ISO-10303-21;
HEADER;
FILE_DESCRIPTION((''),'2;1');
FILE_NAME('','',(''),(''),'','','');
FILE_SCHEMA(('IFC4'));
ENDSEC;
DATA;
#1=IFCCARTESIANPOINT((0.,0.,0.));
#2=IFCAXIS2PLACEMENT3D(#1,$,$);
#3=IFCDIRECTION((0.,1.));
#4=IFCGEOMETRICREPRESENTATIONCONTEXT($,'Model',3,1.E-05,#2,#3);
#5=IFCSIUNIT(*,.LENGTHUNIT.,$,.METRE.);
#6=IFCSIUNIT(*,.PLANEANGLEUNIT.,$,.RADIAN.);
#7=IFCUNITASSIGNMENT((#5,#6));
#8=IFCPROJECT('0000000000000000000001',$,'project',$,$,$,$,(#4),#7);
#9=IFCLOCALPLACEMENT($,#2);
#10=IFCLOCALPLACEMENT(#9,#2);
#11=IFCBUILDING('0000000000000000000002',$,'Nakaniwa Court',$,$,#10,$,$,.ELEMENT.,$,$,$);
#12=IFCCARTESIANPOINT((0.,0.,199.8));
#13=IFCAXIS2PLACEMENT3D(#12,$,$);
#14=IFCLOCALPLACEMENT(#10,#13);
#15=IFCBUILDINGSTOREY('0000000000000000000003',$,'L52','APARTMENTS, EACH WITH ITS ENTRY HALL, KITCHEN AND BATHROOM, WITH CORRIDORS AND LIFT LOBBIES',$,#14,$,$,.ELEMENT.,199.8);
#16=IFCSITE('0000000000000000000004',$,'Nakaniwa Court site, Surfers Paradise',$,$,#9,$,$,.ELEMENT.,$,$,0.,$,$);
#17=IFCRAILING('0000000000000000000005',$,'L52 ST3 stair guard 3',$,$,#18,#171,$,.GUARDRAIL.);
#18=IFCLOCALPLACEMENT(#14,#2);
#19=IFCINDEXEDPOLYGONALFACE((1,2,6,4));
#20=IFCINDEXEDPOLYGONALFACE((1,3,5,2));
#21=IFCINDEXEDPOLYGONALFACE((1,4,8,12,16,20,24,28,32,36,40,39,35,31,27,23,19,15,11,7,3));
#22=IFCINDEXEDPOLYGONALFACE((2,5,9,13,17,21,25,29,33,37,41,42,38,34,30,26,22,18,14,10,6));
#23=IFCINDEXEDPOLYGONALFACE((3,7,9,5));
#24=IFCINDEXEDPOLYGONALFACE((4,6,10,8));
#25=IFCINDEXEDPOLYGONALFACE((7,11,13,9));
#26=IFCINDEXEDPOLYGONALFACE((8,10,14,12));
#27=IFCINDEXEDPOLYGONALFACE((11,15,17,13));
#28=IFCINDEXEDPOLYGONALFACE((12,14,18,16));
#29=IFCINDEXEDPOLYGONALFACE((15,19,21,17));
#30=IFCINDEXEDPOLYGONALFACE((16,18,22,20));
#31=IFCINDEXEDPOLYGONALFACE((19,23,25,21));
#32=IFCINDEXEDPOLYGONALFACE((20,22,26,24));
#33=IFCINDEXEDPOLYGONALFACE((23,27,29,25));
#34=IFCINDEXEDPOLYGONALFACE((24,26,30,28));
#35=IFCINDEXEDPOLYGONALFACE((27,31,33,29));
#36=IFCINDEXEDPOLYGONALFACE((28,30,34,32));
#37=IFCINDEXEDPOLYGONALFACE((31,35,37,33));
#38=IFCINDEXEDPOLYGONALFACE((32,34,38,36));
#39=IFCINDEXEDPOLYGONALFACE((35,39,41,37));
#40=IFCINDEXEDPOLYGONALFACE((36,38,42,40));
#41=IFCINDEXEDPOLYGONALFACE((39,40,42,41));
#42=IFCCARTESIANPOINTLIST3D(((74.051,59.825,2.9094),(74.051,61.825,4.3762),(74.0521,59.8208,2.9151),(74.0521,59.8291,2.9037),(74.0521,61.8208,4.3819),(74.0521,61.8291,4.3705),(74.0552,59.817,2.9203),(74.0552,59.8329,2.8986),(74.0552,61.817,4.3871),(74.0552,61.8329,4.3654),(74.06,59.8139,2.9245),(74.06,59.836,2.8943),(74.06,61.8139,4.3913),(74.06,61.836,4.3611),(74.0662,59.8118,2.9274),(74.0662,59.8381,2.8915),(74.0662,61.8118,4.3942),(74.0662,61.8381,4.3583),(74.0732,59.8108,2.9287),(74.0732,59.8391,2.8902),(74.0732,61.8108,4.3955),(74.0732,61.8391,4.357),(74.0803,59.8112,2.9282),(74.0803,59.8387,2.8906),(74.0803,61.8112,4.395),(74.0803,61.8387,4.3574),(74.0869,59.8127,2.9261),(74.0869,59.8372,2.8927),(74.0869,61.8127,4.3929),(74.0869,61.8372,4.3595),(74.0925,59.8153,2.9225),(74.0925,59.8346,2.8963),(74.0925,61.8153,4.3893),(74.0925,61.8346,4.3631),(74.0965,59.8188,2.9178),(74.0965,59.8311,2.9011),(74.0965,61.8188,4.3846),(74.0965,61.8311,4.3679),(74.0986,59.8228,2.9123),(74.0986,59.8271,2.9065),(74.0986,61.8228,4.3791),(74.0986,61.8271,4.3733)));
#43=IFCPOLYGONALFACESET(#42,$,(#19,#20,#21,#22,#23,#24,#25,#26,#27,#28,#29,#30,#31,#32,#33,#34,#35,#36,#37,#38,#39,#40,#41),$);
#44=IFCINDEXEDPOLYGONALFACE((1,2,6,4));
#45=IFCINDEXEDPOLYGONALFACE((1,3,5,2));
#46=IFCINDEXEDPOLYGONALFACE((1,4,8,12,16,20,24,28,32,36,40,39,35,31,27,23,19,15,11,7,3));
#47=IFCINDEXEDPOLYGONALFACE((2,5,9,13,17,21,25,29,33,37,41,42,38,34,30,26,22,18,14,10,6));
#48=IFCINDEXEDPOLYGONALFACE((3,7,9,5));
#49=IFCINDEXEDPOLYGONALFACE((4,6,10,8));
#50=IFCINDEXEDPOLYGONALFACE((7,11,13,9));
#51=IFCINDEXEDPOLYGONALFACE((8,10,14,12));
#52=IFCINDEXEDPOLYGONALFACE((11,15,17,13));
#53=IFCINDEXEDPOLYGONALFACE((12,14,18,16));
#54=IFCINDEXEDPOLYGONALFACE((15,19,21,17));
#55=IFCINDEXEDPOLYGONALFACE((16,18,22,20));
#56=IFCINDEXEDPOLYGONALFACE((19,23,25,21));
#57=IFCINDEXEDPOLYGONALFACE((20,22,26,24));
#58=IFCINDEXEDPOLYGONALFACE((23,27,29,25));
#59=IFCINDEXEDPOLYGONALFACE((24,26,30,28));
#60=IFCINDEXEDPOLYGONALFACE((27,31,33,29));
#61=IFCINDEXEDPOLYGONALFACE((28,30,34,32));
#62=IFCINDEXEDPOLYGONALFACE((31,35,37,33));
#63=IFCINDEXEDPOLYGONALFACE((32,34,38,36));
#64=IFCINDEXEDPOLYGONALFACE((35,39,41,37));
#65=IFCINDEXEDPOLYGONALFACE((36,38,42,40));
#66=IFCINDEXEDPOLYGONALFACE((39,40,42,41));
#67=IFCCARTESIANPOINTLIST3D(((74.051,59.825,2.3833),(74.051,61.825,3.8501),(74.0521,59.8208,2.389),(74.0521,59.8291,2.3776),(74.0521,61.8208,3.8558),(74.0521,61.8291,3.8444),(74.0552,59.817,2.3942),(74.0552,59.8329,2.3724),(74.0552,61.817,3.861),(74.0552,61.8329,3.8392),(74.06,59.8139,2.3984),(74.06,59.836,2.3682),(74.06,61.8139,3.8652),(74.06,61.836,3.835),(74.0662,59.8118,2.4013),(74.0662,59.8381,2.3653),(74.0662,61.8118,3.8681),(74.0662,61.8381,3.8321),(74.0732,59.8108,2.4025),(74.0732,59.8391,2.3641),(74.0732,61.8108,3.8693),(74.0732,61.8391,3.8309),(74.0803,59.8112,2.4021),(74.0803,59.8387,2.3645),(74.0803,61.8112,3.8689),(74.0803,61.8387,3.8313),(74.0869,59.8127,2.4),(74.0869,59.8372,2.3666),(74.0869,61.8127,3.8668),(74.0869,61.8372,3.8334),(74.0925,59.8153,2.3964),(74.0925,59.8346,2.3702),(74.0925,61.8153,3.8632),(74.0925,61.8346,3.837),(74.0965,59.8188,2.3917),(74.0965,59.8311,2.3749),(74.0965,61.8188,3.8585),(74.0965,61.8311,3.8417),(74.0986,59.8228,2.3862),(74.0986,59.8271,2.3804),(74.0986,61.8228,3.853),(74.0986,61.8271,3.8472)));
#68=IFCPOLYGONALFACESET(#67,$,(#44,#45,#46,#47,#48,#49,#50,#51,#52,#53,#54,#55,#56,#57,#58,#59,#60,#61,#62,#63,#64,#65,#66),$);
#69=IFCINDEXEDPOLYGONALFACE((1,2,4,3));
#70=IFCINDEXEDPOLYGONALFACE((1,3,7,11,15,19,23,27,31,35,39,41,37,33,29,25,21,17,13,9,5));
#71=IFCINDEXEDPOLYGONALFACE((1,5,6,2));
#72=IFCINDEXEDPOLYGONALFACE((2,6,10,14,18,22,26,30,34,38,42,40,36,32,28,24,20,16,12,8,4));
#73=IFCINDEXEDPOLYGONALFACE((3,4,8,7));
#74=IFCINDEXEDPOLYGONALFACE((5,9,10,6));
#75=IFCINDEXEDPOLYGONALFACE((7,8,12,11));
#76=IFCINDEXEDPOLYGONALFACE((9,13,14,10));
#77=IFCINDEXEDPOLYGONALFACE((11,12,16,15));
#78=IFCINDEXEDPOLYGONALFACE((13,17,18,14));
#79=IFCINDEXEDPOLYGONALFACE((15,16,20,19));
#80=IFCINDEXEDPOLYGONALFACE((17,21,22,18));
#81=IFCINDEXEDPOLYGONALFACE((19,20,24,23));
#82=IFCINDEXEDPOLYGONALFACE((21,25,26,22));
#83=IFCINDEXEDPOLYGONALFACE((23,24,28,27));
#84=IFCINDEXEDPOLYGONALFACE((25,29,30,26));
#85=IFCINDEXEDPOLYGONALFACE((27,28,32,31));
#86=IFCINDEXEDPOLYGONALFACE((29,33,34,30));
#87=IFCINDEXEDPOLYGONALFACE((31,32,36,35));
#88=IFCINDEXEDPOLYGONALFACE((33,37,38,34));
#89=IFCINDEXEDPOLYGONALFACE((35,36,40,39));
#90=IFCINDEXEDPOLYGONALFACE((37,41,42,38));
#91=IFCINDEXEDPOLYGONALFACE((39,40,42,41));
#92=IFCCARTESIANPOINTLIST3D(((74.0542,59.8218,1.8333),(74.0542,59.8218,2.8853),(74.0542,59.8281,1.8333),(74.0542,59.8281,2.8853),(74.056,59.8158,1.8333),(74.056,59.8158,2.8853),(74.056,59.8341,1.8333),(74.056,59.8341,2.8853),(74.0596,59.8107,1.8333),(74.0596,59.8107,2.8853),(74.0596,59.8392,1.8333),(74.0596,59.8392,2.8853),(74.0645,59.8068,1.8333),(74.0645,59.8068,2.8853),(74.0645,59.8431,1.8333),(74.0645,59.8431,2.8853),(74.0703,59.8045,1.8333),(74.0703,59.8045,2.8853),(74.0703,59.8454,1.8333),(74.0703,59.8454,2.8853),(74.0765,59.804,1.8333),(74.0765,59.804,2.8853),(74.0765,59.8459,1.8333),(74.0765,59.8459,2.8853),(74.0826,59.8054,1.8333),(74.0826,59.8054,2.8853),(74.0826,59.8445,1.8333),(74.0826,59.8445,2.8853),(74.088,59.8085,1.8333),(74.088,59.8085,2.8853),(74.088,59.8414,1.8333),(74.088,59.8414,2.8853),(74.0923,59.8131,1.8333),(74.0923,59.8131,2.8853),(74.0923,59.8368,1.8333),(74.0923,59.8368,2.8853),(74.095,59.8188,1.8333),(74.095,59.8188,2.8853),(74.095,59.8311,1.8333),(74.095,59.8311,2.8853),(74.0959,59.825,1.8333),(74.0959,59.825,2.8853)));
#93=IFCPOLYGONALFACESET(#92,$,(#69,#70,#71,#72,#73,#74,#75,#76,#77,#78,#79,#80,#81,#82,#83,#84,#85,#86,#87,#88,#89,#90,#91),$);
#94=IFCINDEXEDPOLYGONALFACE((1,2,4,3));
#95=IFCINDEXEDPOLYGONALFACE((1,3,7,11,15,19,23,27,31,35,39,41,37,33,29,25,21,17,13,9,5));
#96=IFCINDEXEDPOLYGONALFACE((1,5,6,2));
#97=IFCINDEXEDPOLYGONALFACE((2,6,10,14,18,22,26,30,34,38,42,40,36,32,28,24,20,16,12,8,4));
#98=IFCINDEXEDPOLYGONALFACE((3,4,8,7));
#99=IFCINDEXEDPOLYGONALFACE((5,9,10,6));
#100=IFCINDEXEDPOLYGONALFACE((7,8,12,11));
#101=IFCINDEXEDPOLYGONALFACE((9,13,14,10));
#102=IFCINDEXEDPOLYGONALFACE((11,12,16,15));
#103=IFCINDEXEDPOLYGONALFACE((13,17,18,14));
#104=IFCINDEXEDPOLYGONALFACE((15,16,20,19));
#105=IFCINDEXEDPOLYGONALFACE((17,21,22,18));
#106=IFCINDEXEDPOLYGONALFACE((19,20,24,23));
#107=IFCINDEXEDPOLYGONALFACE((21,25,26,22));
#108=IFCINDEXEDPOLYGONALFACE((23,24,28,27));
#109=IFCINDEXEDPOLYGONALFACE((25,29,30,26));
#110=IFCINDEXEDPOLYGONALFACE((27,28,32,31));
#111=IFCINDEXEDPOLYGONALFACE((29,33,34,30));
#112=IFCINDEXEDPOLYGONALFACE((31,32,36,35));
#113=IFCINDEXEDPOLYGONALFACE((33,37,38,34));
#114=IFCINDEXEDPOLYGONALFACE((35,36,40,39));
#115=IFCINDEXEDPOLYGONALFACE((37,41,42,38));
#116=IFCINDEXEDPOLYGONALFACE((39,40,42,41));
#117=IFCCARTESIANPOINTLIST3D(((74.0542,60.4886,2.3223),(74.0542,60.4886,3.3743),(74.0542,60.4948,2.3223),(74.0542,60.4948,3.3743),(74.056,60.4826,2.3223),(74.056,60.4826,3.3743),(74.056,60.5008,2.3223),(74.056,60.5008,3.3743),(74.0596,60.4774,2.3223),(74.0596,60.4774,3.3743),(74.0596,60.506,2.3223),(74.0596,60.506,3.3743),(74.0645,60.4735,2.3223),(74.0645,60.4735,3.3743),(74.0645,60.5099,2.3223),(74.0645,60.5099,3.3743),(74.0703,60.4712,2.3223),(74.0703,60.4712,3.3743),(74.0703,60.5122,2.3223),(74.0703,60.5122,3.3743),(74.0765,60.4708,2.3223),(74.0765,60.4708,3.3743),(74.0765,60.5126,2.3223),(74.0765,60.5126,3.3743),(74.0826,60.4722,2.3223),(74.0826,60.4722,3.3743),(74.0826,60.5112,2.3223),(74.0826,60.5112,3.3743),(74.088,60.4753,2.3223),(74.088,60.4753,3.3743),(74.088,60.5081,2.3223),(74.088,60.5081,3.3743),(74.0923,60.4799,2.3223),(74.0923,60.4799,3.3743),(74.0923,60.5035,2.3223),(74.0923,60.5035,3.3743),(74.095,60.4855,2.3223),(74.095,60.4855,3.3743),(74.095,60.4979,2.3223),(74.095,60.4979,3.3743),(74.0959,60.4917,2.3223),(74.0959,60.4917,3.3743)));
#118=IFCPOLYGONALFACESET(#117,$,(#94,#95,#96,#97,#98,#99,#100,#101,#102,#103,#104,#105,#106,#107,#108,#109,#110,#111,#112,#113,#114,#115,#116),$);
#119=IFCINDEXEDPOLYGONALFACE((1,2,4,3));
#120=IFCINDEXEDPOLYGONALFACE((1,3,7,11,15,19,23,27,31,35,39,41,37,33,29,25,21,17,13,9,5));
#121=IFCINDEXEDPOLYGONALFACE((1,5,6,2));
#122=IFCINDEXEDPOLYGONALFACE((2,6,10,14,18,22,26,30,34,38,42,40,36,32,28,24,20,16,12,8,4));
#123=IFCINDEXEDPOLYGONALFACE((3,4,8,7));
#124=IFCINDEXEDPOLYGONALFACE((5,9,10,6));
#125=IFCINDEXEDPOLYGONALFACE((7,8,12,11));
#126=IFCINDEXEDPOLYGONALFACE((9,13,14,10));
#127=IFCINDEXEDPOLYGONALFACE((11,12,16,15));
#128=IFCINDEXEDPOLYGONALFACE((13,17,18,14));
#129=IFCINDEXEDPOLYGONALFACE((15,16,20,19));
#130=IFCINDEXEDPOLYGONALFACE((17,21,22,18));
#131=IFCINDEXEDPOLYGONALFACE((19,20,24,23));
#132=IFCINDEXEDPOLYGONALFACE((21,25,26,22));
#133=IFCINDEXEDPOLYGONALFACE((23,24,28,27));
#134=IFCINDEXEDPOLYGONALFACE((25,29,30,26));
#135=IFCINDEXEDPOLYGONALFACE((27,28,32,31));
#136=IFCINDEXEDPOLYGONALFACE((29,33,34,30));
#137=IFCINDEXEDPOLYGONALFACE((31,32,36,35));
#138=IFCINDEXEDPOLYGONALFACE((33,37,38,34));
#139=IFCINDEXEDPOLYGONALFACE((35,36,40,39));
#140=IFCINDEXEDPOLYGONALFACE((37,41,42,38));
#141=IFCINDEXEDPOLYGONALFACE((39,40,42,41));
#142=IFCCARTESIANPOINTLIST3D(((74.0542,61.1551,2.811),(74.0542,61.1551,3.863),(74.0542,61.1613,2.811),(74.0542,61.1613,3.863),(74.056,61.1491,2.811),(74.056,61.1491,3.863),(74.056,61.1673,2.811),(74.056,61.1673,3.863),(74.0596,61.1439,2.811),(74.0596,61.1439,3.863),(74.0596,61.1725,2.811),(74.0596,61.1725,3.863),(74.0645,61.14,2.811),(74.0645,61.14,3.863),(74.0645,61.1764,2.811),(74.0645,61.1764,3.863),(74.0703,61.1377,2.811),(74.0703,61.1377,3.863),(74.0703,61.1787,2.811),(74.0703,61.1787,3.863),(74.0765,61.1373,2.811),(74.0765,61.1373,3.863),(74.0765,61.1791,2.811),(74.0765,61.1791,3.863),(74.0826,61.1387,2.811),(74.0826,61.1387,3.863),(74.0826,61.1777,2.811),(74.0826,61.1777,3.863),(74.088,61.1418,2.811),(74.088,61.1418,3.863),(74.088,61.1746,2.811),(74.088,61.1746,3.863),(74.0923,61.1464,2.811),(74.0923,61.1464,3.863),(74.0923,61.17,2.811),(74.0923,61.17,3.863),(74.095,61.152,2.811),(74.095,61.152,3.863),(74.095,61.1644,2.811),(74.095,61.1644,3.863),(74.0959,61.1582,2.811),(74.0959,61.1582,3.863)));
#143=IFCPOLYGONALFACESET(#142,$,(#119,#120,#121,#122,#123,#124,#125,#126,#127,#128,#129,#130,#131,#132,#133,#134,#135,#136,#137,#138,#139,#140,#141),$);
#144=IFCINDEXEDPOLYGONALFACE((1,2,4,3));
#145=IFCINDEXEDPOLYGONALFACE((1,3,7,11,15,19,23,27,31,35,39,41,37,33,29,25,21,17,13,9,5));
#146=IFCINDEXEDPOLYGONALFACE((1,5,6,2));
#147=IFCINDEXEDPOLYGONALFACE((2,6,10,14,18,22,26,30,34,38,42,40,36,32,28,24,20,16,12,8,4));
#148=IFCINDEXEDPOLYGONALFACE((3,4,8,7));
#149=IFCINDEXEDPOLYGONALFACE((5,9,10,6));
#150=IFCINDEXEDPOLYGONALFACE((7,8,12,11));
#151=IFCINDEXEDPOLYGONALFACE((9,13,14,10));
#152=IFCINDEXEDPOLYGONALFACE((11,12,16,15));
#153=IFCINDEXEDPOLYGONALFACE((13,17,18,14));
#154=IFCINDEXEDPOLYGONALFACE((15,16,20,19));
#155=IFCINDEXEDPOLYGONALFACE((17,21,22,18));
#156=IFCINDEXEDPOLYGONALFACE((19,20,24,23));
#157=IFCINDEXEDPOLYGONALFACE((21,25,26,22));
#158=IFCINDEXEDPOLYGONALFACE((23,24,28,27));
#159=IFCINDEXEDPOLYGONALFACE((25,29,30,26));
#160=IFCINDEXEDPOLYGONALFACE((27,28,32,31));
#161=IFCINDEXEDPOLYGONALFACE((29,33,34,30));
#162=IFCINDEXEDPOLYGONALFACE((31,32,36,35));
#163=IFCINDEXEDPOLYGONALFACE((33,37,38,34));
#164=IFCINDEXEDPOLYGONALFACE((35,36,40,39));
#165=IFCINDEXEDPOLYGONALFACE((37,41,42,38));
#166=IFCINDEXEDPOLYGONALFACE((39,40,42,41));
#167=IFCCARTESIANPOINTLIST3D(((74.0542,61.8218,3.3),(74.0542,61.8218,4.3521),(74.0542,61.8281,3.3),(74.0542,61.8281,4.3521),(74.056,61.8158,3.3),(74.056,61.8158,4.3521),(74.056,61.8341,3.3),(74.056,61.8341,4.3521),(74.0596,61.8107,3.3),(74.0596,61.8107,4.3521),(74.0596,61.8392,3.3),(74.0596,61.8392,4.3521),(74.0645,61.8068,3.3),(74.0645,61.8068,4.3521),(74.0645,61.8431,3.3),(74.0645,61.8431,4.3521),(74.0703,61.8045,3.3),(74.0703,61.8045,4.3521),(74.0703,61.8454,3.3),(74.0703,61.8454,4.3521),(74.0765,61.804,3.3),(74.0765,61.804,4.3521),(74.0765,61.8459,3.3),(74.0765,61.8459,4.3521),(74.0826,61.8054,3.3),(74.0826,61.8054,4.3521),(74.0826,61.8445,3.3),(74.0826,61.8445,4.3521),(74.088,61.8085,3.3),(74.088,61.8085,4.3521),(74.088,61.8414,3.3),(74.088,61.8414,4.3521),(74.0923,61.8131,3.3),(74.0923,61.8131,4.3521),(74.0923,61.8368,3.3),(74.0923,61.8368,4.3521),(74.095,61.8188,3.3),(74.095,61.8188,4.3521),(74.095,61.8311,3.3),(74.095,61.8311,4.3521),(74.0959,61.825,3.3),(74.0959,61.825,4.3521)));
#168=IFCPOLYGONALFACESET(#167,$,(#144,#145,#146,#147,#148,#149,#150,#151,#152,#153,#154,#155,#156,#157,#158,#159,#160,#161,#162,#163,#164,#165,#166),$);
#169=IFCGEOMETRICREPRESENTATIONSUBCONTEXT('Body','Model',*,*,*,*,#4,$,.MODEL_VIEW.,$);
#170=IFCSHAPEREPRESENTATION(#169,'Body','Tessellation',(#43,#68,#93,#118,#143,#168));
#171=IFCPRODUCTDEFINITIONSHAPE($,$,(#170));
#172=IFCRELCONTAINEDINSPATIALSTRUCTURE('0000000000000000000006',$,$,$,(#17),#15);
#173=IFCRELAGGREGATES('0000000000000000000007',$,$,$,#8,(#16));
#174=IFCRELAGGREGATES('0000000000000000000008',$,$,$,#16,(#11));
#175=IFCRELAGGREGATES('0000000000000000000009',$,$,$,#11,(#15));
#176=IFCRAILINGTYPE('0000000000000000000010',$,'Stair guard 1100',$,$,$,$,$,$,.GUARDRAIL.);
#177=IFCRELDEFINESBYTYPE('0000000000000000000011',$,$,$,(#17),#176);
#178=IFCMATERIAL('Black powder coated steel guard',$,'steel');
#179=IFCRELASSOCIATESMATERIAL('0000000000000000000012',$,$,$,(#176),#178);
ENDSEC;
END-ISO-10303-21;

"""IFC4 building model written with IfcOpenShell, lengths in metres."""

from ifc_helpers import new_model, si_unit, direction, frame, origin, origin_2d, place, context, subcontext, project, spatial, circle, extrude, material, type_object, element, save


model = new_model("IFC4")

# Units and contexts
model_context = context("Model", 3, precision=1e-05, world=origin(), true_north=direction((0.0, 1.0)))
body_context = subcontext(model_context, "Body", "Model", "MODEL_VIEW")
ifc_project = project(units=[si_unit("LENGTHUNIT", "METRE"), si_unit("PLANEANGLEUNIT", "RADIAN")], contexts=[model_context])

# Site, building, storey
site_placement = place(None, origin())
site = spatial("IfcSite", under=ifc_project, at=site_placement, Name="Nakaniwa Court site, Surfers Paradise", CompositionType="ELEMENT", RefElevation=0.0)
building_placement = place(site_placement, origin())
building = spatial("IfcBuilding", under=site, at=building_placement, Name="Nakaniwa Court", CompositionType="ELEMENT")
storey_placement = place(building_placement, frame((0.0, 0.0, 199.8)))
storey = spatial("IfcBuildingStorey", under=building, at=storey_placement, Name="L52", Description="APARTMENTS, EACH WITH ITS ENTRY HALL, KITCHEN AND BATHROOM, WITH CORRIDORS AND LIFT LOBBIES", CompositionType="ELEMENT", Elevation=199.8)

# Railing
ifc_material_1 = material(Name="Black powder coated steel guard", Category="steel")
railing_type_1 = type_object("IfcRailingType", Name="Stair guard 1100", PredefinedType="GUARDRAIL", material=ifc_material_1)
railing_1_placement = place(storey_placement, frame((74.075, 59.825, 1.8333)))
element("IfcRailing", 1, at=railing_1_placement, inside=storey, type_object=railing_type_1, Name="L52 ST3 stair guard 3", PredefinedType="GUARDRAIL", context=body_context, shape_type="SweptSolid", body=[
    extrude(circle(Radius=0.0239, at=origin_2d()), frame((0.0, 0.0, 1.0762), z_axis=(0.0, 0.80638, 0.591398), x_axis=(-1.0, 0.0, 0.0)), (0.0, 0.0, 1.0), 2.4802),
    extrude(circle(Radius=0.0239, at=origin_2d()), frame((0.0, 0.0, 0.55), z_axis=(0.0, 0.80638, 0.591398), x_axis=(-1.0, 0.0, 0.0)), (0.0, 0.0, 1.0), 2.4802),
    extrude(circle(Radius=0.021, at=origin_2d()), origin(), (0.0, 0.0, 1.0), 1.052),
    extrude(circle(Radius=0.021, at=origin_2d()), frame((0.0, 0.6667, 0.489)), (0.0, 0.0, 1.0), 1.052),
    extrude(circle(Radius=0.021, at=origin_2d()), frame((0.0, 1.3333, 0.9778)), (0.0, 0.0, 1.0), 1.052),
    extrude(circle(Radius=0.021, at=origin_2d()), frame((0.0, 2.0, 1.4668)), (0.0, 0.0, 1.0), 1.052),
])

save(model, "model.ifc")
